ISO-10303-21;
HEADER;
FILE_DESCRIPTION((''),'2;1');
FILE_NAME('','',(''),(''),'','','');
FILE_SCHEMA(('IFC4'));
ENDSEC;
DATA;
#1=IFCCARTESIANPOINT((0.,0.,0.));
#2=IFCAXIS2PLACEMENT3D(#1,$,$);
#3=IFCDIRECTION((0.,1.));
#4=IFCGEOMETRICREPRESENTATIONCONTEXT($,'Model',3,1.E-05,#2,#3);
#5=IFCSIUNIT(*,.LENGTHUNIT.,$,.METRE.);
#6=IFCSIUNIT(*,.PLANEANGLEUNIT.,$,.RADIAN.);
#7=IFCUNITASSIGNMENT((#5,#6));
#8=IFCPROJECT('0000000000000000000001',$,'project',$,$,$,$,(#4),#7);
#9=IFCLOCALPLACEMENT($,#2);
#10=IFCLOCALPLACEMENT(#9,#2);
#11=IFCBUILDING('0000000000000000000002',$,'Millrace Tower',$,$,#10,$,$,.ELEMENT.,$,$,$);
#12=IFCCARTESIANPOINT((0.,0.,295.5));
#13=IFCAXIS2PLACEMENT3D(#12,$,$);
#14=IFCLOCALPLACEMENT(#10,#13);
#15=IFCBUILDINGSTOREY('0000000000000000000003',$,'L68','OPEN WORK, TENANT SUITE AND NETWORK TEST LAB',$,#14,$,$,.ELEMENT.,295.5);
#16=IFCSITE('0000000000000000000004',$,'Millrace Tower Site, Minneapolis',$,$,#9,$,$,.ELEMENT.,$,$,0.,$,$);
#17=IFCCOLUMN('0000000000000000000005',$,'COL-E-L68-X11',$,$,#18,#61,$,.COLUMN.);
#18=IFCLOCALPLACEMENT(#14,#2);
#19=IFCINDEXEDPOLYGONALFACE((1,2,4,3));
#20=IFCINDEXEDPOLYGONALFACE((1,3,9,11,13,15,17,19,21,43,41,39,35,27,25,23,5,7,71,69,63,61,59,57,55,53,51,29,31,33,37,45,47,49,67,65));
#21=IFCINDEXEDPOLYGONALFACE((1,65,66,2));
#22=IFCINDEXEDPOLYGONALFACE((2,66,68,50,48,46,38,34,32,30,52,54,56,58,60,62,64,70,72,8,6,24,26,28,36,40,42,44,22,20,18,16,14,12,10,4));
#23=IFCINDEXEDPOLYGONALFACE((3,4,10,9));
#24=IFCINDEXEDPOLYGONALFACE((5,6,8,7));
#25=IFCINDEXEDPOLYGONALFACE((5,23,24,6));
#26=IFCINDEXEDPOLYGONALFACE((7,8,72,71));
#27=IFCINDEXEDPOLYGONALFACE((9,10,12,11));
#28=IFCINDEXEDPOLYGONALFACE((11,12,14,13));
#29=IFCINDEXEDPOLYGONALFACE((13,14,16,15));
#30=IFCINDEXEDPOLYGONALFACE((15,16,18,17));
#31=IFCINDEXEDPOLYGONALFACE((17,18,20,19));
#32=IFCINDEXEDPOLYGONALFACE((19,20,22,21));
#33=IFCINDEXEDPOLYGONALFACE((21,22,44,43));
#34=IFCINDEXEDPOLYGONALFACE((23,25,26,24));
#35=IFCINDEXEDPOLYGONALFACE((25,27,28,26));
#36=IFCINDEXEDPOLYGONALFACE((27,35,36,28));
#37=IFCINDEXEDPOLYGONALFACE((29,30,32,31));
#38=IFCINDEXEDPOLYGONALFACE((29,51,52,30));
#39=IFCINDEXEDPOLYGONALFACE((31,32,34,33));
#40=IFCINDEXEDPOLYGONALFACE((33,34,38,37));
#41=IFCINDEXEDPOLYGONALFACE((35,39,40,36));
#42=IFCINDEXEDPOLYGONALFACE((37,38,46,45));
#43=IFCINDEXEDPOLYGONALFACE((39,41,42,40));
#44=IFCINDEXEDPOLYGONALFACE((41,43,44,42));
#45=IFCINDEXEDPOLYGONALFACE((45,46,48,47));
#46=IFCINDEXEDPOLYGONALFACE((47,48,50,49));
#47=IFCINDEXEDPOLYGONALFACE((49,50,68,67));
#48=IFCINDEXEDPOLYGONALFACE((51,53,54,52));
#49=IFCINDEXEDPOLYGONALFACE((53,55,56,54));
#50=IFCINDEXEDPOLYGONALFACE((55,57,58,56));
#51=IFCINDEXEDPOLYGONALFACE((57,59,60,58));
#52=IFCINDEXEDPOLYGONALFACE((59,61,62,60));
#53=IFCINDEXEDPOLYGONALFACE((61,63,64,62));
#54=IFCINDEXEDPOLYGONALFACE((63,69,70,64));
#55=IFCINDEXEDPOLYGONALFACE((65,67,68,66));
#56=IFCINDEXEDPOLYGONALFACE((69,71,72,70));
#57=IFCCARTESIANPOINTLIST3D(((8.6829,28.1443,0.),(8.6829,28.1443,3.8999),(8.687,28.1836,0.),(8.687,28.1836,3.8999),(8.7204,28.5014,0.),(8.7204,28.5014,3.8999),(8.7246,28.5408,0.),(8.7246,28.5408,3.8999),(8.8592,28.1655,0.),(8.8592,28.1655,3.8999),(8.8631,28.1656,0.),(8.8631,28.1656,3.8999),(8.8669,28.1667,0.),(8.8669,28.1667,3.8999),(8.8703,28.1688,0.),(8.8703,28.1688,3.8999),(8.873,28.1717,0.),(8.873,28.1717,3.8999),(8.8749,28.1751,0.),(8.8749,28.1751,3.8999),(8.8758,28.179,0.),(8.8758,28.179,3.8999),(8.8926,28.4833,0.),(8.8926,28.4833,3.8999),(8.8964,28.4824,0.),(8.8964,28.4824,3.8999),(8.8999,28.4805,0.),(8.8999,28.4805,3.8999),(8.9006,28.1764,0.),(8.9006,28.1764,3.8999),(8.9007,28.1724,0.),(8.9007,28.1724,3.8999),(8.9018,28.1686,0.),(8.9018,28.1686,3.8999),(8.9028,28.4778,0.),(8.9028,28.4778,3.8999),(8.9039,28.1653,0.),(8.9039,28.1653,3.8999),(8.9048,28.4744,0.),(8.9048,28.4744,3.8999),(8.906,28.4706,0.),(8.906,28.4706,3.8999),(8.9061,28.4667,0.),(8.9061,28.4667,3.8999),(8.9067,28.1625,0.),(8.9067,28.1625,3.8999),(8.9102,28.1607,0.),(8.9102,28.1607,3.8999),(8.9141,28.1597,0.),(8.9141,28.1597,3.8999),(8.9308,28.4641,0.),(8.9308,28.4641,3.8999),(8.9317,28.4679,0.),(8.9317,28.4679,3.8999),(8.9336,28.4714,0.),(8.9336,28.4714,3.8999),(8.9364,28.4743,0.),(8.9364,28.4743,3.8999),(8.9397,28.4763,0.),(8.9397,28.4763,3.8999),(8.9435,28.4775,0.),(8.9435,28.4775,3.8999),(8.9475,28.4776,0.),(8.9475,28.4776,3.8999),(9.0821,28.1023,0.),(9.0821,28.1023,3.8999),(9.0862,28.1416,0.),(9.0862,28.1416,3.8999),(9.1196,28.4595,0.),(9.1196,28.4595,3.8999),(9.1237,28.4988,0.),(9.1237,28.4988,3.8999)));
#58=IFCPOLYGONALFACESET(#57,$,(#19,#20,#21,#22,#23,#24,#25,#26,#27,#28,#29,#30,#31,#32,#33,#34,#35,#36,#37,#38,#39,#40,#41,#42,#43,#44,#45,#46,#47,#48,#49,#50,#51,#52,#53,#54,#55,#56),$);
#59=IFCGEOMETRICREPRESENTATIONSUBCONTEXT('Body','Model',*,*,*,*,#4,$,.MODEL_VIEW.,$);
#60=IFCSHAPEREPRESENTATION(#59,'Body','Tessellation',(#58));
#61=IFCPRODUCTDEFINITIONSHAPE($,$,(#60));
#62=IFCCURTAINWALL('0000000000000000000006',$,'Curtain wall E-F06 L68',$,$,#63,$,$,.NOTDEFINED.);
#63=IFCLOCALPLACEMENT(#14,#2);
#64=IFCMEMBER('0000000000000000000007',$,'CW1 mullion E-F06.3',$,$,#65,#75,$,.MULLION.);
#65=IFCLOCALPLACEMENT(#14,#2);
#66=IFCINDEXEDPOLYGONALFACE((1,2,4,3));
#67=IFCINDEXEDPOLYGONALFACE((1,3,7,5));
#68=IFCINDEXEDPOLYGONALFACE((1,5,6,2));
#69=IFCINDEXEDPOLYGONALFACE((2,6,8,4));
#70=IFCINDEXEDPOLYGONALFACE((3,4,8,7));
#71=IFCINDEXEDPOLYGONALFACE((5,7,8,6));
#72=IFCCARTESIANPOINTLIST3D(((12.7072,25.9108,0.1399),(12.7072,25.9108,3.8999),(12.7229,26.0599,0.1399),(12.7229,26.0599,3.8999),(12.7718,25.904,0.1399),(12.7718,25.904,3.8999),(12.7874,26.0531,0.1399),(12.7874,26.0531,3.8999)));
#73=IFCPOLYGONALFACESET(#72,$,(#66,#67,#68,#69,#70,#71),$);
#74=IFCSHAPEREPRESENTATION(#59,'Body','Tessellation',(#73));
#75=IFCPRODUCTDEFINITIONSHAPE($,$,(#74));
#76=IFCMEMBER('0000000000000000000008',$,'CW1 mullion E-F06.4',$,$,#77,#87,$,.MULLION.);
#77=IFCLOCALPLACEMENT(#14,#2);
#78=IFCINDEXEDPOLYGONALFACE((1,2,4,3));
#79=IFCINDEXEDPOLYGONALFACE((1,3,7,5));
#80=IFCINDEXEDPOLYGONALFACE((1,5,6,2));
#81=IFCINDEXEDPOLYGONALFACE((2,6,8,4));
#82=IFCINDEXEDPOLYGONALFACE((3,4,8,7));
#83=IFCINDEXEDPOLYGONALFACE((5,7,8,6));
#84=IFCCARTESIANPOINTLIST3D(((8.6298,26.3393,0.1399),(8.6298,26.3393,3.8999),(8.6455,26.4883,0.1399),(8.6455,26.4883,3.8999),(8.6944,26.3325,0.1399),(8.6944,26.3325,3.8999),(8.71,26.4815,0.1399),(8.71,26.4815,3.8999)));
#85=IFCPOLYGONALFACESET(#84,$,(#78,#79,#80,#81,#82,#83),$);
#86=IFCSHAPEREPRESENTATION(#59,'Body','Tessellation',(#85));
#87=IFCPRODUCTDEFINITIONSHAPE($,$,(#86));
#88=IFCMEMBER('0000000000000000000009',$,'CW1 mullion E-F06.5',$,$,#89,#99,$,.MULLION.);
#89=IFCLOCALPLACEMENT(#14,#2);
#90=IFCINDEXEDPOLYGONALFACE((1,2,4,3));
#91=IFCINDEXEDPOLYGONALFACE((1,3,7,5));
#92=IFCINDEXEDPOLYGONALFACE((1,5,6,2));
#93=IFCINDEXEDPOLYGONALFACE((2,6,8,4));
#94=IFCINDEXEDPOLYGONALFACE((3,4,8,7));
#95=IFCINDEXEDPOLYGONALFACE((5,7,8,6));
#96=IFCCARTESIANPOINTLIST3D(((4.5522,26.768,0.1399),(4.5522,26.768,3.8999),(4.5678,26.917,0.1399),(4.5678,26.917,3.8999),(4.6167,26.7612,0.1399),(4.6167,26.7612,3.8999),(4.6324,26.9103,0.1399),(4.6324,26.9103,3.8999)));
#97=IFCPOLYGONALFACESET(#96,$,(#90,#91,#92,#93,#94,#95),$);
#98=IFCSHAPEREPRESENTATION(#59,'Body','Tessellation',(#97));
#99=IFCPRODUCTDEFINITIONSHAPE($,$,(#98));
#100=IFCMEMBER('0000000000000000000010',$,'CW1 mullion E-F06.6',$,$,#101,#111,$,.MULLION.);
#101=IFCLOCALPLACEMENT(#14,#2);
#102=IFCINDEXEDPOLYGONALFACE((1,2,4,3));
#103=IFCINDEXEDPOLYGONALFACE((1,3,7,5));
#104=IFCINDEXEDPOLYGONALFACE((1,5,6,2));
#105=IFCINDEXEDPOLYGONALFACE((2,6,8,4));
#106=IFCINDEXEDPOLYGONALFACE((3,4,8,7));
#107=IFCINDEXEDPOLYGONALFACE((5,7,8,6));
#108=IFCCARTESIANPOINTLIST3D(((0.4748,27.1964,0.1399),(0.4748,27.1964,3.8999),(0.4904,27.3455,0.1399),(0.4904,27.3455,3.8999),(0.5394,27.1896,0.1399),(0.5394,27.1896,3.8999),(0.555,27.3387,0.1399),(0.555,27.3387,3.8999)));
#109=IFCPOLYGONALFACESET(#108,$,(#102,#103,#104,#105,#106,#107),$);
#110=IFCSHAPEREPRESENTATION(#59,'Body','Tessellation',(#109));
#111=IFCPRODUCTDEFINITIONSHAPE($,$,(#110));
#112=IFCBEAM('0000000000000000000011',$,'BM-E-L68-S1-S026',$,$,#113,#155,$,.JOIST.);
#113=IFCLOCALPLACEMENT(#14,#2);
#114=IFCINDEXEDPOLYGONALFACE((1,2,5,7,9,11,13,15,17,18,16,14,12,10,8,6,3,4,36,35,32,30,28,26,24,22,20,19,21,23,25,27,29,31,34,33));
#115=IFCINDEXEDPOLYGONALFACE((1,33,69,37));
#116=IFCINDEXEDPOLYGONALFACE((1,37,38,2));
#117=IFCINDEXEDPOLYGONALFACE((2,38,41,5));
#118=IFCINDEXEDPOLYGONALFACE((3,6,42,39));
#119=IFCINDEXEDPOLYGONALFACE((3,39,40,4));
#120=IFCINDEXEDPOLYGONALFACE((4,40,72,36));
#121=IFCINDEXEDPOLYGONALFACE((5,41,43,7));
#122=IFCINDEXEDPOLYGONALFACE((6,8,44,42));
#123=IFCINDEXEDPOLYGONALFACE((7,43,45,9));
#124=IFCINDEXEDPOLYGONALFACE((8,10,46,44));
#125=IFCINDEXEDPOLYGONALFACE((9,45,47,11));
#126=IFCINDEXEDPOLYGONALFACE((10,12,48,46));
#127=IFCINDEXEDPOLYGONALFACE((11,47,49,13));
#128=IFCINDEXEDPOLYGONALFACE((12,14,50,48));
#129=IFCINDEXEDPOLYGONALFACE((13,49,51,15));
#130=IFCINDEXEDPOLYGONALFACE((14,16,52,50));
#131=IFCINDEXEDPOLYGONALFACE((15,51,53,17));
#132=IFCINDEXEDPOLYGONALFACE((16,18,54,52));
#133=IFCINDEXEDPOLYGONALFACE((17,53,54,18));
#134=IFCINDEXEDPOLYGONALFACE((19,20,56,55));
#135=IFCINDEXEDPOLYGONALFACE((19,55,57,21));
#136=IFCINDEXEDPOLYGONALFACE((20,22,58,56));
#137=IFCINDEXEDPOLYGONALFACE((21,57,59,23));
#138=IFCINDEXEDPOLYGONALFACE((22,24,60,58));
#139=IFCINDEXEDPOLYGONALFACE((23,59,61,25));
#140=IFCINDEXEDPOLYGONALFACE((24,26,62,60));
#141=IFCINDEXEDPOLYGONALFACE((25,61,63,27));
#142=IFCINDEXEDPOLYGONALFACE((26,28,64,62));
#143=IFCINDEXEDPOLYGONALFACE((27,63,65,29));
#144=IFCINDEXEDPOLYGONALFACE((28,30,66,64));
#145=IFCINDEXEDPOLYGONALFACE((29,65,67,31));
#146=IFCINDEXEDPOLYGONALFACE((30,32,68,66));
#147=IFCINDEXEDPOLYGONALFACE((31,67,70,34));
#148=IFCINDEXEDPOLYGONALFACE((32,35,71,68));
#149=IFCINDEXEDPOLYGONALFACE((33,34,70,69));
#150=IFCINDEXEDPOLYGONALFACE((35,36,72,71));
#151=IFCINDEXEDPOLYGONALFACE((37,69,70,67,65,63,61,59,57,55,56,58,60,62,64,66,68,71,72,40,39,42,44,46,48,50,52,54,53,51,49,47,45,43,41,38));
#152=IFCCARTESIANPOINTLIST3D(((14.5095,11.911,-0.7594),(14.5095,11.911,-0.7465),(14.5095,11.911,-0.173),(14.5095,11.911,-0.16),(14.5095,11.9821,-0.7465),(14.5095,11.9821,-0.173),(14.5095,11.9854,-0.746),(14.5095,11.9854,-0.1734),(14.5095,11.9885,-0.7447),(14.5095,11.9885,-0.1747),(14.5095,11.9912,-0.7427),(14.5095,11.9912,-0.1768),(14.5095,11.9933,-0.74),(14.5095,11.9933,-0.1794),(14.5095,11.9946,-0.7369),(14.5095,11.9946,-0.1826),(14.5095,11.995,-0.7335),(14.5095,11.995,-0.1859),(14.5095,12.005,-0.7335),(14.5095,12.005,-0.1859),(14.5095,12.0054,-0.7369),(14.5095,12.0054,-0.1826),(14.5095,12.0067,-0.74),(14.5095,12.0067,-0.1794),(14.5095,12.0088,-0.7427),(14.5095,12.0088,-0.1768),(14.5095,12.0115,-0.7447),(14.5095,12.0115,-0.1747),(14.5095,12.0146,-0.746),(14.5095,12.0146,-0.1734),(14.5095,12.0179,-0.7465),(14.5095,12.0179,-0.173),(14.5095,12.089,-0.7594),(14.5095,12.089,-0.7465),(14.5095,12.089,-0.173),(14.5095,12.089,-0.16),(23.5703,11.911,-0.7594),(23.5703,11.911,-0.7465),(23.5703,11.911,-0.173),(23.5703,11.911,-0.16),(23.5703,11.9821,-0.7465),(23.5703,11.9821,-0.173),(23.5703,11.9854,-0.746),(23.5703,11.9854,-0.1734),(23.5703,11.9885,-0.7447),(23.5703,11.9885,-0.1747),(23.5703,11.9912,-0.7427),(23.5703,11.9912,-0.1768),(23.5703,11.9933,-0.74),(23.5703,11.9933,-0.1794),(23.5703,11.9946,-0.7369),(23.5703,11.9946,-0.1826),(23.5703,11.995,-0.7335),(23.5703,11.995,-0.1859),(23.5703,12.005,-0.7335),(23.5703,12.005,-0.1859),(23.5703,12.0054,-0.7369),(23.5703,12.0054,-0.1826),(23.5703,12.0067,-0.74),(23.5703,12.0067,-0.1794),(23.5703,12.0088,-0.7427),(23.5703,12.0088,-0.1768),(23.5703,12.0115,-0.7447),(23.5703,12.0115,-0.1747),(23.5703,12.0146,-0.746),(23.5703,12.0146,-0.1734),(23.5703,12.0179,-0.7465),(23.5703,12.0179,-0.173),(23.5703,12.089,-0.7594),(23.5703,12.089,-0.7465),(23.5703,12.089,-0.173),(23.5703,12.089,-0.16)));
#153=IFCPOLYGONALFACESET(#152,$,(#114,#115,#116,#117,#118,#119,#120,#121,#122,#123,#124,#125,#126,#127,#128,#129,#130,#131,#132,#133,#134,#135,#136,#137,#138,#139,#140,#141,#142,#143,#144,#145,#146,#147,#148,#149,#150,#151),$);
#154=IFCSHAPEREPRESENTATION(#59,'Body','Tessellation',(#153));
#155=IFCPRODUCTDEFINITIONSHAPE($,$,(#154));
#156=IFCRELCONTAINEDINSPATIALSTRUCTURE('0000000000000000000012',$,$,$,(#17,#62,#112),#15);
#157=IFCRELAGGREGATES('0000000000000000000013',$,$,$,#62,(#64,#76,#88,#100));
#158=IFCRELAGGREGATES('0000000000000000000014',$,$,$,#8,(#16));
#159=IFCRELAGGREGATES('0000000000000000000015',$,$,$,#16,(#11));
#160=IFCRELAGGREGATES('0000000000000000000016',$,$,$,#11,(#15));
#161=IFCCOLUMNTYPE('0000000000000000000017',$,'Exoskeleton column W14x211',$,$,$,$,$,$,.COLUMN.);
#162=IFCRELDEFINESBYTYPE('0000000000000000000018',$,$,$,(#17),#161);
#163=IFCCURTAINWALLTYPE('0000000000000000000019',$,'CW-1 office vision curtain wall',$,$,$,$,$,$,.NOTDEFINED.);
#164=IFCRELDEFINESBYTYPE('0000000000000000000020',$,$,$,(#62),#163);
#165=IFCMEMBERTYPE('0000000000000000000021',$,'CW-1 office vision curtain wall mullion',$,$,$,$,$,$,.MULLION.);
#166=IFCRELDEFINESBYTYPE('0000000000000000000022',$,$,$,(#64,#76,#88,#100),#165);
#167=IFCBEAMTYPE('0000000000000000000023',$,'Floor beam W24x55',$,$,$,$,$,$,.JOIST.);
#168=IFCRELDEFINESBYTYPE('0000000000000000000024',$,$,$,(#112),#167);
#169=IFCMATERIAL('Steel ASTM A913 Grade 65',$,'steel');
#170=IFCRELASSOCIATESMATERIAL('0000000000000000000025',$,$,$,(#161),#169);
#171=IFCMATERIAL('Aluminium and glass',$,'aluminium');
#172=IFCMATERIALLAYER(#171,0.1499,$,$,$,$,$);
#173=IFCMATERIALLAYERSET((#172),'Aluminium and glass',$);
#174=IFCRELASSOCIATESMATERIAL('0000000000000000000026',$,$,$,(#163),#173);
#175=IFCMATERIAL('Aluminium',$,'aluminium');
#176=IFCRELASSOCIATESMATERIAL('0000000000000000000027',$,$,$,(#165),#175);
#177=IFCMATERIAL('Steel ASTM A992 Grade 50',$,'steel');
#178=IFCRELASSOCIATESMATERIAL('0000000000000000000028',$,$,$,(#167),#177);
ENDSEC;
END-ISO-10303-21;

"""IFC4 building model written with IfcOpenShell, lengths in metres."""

from ifc_helpers import new_model, si_unit, direction, frame, origin, origin_2d, place, context, subcontext, project, spatial, rectangle, i_section, extrude, material, layer, layer_set, material_profile, profile_set, type_object, element, aggregate, save


model = new_model("IFC4")

# Units and contexts
model_context = context("Model", 3, precision=1e-05, world=origin(), true_north=direction((0.0, 1.0)))
body_context = subcontext(model_context, "Body", "Model", "MODEL_VIEW")
ifc_project = project(units=[si_unit("LENGTHUNIT", "METRE"), si_unit("PLANEANGLEUNIT", "RADIAN")], contexts=[model_context])

# Site, building, storey
site_placement = place(None, origin())
site = spatial("IfcSite", under=ifc_project, at=site_placement, Name="Millrace Tower Site, Minneapolis", CompositionType="ELEMENT", RefElevation=0.0)
building_placement = place(site_placement, origin())
building = spatial("IfcBuilding", under=site, at=building_placement, Name="Millrace Tower", CompositionType="ELEMENT")
storey_placement = place(building_placement, frame((0.0, 0.0, 295.5)))
storey = spatial("IfcBuildingStorey", under=building, at=storey_placement, Name="L68", Description="OPEN WORK, TENANT SUITE AND NETWORK TEST LAB", CompositionType="ELEMENT", Elevation=295.5)

# Column
ifc_material_1 = material(Name="Steel ASTM A913 Grade 65", Category="steel")
ifc_material_profile_1 = material_profile(ifc_material_1, i_section(OverallWidth=0.4014, OverallDepth=0.3987, WebThickness=0.0249, FlangeThickness=0.0396, FilletRadius=0.0151, at=origin_2d()))
ifc_profile_set_1 = profile_set([ifc_material_profile_1], Name="Steel ASTM A913 Grade 65")
column_type = type_object("IfcColumnType", Name="Exoskeleton column W14x211", PredefinedType="COLUMN", material=ifc_profile_set_1)
column_placement = place(storey_placement, frame((8.9033, 28.3215, 0.0), z_axis=(0.0, 0.0, 1.0), x_axis=(-0.994522, 0.104528, 0.0)))
element("IfcColumn", 1, at=column_placement, inside=storey, type_object=column_type, Name="COL-E-L68-X11", PredefinedType="COLUMN", context=body_context, shape_type="SweptSolid", body=[
    extrude(i_section(OverallWidth=0.4014, OverallDepth=0.3987, WebThickness=0.0249, FlangeThickness=0.0396, FilletRadius=0.0151, at=origin_2d()), origin(), (0.0, 0.0, 1.0), 3.8999),
])

# Curtain wall, members
ifc_material_2 = material(Name="Aluminium and glass", Category="aluminium")
ifc_layer_1 = layer(ifc_material_2, 0.1499)
ifc_layer_set_1 = layer_set([ifc_layer_1], Name="Aluminium and glass")
curtain_wall_type = type_object("IfcCurtainWallType", Name="CW-1 office vision curtain wall", PredefinedType="NOTDEFINED", material=ifc_layer_set_1)
curtain_wall_placement = place(storey_placement, origin())
curtain_wall = element("IfcCurtainWall", 2, at=curtain_wall_placement, inside=storey, type_object=curtain_wall_type, Name="Curtain wall E-F06 L68", PredefinedType="NOTDEFINED")
ifc_material_3 = material(Name="Aluminium", Category="aluminium")
ifc_material_profile_2 = material_profile(ifc_material_3, rectangle(XDim=0.0649, YDim=0.1499, at=origin_2d()))
ifc_profile_set_2 = profile_set([ifc_material_profile_2], Name="Aluminium")
member_type = type_object("IfcMemberType", Name="CW-1 office vision curtain wall mullion", PredefinedType="MULLION", material=ifc_profile_set_2)
member_1_placement = place(storey_placement, frame((12.7473, 25.9819, 0.1399), z_axis=(0.0, 0.0, 1.0), x_axis=(-0.994522, 0.104528, 0.0)))
member_1 = element("IfcMember", 3, at=member_1_placement, type_object=member_type, Name="CW1 mullion E-F06.3", PredefinedType="MULLION", context=body_context, shape_type="SweptSolid", body=[
    extrude(rectangle(XDim=0.0649, YDim=0.1499, at=origin_2d()), origin(), (0.0, 0.0, 1.0), 3.76),
])
member_2_placement = place(storey_placement, frame((8.6699, 26.4104, 0.1399), z_axis=(0.0, 0.0, 1.0), x_axis=(-0.994522, 0.104528, 0.0)))
member_2 = element("IfcMember", 4, at=member_2_placement, type_object=member_type, Name="CW1 mullion E-F06.4", PredefinedType="MULLION", context=body_context, shape_type="SweptSolid", body=[
    extrude(rectangle(XDim=0.0649, YDim=0.1499, at=origin_2d()), origin(), (0.0, 0.0, 1.0), 3.76),
])
member_3_placement = place(storey_placement, frame((4.5923, 26.8391, 0.1399), z_axis=(0.0, 0.0, 1.0), x_axis=(-0.994522, 0.104528, 0.0)))
member_3 = element("IfcMember", 5, at=member_3_placement, type_object=member_type, Name="CW1 mullion E-F06.5", PredefinedType="MULLION", context=body_context, shape_type="SweptSolid", body=[
    extrude(rectangle(XDim=0.0649, YDim=0.1499, at=origin_2d()), origin(), (0.0, 0.0, 1.0), 3.76),
])
member_4_placement = place(storey_placement, frame((0.5149, 27.2676, 0.1399), z_axis=(0.0, 0.0, 1.0), x_axis=(-0.994522, 0.104528, 0.0)))
member_4 = element("IfcMember", 6, at=member_4_placement, type_object=member_type, Name="CW1 mullion E-F06.6", PredefinedType="MULLION", context=body_context, shape_type="SweptSolid", body=[
    extrude(rectangle(XDim=0.0649, YDim=0.1499, at=origin_2d()), origin(), (0.0, 0.0, 1.0), 3.76),
])
aggregate(curtain_wall, [member_1, member_2, member_3, member_4])

# Beam
ifc_material_4 = material(Name="Steel ASTM A992 Grade 50", Category="steel")
ifc_material_profile_3 = material_profile(ifc_material_4, i_section(OverallWidth=0.178, OverallDepth=0.5994, WebThickness=0.01, FlangeThickness=0.0129, FilletRadius=0.0129, at=origin_2d()))
ifc_profile_set_3 = profile_set([ifc_material_profile_3], Name="Steel ASTM A992 Grade 50")
beam_type_1 = type_object("IfcBeamType", Name="Floor beam W24x55", PredefinedType="JOIST", material=ifc_profile_set_3)
beam_1_placement = place(storey_placement, frame((14.5095, 12.0, -0.4597), z_axis=(1.0, 0.0, 0.0), x_axis=(0.0, 1.0, 0.0)))
element("IfcBeam", 7, at=beam_1_placement, inside=storey, type_object=beam_type_1, Name="BM-E-L68-S1-S026", PredefinedType="JOIST", context=body_context, shape_type="SweptSolid", body=[
    extrude(i_section(OverallWidth=0.178, OverallDepth=0.5994, WebThickness=0.01, FlangeThickness=0.0129, FilletRadius=0.0129, at=origin_2d()), origin(), (0.0, 0.0, 1.0), 9.0608),
])

save(model, "model.ifc")
